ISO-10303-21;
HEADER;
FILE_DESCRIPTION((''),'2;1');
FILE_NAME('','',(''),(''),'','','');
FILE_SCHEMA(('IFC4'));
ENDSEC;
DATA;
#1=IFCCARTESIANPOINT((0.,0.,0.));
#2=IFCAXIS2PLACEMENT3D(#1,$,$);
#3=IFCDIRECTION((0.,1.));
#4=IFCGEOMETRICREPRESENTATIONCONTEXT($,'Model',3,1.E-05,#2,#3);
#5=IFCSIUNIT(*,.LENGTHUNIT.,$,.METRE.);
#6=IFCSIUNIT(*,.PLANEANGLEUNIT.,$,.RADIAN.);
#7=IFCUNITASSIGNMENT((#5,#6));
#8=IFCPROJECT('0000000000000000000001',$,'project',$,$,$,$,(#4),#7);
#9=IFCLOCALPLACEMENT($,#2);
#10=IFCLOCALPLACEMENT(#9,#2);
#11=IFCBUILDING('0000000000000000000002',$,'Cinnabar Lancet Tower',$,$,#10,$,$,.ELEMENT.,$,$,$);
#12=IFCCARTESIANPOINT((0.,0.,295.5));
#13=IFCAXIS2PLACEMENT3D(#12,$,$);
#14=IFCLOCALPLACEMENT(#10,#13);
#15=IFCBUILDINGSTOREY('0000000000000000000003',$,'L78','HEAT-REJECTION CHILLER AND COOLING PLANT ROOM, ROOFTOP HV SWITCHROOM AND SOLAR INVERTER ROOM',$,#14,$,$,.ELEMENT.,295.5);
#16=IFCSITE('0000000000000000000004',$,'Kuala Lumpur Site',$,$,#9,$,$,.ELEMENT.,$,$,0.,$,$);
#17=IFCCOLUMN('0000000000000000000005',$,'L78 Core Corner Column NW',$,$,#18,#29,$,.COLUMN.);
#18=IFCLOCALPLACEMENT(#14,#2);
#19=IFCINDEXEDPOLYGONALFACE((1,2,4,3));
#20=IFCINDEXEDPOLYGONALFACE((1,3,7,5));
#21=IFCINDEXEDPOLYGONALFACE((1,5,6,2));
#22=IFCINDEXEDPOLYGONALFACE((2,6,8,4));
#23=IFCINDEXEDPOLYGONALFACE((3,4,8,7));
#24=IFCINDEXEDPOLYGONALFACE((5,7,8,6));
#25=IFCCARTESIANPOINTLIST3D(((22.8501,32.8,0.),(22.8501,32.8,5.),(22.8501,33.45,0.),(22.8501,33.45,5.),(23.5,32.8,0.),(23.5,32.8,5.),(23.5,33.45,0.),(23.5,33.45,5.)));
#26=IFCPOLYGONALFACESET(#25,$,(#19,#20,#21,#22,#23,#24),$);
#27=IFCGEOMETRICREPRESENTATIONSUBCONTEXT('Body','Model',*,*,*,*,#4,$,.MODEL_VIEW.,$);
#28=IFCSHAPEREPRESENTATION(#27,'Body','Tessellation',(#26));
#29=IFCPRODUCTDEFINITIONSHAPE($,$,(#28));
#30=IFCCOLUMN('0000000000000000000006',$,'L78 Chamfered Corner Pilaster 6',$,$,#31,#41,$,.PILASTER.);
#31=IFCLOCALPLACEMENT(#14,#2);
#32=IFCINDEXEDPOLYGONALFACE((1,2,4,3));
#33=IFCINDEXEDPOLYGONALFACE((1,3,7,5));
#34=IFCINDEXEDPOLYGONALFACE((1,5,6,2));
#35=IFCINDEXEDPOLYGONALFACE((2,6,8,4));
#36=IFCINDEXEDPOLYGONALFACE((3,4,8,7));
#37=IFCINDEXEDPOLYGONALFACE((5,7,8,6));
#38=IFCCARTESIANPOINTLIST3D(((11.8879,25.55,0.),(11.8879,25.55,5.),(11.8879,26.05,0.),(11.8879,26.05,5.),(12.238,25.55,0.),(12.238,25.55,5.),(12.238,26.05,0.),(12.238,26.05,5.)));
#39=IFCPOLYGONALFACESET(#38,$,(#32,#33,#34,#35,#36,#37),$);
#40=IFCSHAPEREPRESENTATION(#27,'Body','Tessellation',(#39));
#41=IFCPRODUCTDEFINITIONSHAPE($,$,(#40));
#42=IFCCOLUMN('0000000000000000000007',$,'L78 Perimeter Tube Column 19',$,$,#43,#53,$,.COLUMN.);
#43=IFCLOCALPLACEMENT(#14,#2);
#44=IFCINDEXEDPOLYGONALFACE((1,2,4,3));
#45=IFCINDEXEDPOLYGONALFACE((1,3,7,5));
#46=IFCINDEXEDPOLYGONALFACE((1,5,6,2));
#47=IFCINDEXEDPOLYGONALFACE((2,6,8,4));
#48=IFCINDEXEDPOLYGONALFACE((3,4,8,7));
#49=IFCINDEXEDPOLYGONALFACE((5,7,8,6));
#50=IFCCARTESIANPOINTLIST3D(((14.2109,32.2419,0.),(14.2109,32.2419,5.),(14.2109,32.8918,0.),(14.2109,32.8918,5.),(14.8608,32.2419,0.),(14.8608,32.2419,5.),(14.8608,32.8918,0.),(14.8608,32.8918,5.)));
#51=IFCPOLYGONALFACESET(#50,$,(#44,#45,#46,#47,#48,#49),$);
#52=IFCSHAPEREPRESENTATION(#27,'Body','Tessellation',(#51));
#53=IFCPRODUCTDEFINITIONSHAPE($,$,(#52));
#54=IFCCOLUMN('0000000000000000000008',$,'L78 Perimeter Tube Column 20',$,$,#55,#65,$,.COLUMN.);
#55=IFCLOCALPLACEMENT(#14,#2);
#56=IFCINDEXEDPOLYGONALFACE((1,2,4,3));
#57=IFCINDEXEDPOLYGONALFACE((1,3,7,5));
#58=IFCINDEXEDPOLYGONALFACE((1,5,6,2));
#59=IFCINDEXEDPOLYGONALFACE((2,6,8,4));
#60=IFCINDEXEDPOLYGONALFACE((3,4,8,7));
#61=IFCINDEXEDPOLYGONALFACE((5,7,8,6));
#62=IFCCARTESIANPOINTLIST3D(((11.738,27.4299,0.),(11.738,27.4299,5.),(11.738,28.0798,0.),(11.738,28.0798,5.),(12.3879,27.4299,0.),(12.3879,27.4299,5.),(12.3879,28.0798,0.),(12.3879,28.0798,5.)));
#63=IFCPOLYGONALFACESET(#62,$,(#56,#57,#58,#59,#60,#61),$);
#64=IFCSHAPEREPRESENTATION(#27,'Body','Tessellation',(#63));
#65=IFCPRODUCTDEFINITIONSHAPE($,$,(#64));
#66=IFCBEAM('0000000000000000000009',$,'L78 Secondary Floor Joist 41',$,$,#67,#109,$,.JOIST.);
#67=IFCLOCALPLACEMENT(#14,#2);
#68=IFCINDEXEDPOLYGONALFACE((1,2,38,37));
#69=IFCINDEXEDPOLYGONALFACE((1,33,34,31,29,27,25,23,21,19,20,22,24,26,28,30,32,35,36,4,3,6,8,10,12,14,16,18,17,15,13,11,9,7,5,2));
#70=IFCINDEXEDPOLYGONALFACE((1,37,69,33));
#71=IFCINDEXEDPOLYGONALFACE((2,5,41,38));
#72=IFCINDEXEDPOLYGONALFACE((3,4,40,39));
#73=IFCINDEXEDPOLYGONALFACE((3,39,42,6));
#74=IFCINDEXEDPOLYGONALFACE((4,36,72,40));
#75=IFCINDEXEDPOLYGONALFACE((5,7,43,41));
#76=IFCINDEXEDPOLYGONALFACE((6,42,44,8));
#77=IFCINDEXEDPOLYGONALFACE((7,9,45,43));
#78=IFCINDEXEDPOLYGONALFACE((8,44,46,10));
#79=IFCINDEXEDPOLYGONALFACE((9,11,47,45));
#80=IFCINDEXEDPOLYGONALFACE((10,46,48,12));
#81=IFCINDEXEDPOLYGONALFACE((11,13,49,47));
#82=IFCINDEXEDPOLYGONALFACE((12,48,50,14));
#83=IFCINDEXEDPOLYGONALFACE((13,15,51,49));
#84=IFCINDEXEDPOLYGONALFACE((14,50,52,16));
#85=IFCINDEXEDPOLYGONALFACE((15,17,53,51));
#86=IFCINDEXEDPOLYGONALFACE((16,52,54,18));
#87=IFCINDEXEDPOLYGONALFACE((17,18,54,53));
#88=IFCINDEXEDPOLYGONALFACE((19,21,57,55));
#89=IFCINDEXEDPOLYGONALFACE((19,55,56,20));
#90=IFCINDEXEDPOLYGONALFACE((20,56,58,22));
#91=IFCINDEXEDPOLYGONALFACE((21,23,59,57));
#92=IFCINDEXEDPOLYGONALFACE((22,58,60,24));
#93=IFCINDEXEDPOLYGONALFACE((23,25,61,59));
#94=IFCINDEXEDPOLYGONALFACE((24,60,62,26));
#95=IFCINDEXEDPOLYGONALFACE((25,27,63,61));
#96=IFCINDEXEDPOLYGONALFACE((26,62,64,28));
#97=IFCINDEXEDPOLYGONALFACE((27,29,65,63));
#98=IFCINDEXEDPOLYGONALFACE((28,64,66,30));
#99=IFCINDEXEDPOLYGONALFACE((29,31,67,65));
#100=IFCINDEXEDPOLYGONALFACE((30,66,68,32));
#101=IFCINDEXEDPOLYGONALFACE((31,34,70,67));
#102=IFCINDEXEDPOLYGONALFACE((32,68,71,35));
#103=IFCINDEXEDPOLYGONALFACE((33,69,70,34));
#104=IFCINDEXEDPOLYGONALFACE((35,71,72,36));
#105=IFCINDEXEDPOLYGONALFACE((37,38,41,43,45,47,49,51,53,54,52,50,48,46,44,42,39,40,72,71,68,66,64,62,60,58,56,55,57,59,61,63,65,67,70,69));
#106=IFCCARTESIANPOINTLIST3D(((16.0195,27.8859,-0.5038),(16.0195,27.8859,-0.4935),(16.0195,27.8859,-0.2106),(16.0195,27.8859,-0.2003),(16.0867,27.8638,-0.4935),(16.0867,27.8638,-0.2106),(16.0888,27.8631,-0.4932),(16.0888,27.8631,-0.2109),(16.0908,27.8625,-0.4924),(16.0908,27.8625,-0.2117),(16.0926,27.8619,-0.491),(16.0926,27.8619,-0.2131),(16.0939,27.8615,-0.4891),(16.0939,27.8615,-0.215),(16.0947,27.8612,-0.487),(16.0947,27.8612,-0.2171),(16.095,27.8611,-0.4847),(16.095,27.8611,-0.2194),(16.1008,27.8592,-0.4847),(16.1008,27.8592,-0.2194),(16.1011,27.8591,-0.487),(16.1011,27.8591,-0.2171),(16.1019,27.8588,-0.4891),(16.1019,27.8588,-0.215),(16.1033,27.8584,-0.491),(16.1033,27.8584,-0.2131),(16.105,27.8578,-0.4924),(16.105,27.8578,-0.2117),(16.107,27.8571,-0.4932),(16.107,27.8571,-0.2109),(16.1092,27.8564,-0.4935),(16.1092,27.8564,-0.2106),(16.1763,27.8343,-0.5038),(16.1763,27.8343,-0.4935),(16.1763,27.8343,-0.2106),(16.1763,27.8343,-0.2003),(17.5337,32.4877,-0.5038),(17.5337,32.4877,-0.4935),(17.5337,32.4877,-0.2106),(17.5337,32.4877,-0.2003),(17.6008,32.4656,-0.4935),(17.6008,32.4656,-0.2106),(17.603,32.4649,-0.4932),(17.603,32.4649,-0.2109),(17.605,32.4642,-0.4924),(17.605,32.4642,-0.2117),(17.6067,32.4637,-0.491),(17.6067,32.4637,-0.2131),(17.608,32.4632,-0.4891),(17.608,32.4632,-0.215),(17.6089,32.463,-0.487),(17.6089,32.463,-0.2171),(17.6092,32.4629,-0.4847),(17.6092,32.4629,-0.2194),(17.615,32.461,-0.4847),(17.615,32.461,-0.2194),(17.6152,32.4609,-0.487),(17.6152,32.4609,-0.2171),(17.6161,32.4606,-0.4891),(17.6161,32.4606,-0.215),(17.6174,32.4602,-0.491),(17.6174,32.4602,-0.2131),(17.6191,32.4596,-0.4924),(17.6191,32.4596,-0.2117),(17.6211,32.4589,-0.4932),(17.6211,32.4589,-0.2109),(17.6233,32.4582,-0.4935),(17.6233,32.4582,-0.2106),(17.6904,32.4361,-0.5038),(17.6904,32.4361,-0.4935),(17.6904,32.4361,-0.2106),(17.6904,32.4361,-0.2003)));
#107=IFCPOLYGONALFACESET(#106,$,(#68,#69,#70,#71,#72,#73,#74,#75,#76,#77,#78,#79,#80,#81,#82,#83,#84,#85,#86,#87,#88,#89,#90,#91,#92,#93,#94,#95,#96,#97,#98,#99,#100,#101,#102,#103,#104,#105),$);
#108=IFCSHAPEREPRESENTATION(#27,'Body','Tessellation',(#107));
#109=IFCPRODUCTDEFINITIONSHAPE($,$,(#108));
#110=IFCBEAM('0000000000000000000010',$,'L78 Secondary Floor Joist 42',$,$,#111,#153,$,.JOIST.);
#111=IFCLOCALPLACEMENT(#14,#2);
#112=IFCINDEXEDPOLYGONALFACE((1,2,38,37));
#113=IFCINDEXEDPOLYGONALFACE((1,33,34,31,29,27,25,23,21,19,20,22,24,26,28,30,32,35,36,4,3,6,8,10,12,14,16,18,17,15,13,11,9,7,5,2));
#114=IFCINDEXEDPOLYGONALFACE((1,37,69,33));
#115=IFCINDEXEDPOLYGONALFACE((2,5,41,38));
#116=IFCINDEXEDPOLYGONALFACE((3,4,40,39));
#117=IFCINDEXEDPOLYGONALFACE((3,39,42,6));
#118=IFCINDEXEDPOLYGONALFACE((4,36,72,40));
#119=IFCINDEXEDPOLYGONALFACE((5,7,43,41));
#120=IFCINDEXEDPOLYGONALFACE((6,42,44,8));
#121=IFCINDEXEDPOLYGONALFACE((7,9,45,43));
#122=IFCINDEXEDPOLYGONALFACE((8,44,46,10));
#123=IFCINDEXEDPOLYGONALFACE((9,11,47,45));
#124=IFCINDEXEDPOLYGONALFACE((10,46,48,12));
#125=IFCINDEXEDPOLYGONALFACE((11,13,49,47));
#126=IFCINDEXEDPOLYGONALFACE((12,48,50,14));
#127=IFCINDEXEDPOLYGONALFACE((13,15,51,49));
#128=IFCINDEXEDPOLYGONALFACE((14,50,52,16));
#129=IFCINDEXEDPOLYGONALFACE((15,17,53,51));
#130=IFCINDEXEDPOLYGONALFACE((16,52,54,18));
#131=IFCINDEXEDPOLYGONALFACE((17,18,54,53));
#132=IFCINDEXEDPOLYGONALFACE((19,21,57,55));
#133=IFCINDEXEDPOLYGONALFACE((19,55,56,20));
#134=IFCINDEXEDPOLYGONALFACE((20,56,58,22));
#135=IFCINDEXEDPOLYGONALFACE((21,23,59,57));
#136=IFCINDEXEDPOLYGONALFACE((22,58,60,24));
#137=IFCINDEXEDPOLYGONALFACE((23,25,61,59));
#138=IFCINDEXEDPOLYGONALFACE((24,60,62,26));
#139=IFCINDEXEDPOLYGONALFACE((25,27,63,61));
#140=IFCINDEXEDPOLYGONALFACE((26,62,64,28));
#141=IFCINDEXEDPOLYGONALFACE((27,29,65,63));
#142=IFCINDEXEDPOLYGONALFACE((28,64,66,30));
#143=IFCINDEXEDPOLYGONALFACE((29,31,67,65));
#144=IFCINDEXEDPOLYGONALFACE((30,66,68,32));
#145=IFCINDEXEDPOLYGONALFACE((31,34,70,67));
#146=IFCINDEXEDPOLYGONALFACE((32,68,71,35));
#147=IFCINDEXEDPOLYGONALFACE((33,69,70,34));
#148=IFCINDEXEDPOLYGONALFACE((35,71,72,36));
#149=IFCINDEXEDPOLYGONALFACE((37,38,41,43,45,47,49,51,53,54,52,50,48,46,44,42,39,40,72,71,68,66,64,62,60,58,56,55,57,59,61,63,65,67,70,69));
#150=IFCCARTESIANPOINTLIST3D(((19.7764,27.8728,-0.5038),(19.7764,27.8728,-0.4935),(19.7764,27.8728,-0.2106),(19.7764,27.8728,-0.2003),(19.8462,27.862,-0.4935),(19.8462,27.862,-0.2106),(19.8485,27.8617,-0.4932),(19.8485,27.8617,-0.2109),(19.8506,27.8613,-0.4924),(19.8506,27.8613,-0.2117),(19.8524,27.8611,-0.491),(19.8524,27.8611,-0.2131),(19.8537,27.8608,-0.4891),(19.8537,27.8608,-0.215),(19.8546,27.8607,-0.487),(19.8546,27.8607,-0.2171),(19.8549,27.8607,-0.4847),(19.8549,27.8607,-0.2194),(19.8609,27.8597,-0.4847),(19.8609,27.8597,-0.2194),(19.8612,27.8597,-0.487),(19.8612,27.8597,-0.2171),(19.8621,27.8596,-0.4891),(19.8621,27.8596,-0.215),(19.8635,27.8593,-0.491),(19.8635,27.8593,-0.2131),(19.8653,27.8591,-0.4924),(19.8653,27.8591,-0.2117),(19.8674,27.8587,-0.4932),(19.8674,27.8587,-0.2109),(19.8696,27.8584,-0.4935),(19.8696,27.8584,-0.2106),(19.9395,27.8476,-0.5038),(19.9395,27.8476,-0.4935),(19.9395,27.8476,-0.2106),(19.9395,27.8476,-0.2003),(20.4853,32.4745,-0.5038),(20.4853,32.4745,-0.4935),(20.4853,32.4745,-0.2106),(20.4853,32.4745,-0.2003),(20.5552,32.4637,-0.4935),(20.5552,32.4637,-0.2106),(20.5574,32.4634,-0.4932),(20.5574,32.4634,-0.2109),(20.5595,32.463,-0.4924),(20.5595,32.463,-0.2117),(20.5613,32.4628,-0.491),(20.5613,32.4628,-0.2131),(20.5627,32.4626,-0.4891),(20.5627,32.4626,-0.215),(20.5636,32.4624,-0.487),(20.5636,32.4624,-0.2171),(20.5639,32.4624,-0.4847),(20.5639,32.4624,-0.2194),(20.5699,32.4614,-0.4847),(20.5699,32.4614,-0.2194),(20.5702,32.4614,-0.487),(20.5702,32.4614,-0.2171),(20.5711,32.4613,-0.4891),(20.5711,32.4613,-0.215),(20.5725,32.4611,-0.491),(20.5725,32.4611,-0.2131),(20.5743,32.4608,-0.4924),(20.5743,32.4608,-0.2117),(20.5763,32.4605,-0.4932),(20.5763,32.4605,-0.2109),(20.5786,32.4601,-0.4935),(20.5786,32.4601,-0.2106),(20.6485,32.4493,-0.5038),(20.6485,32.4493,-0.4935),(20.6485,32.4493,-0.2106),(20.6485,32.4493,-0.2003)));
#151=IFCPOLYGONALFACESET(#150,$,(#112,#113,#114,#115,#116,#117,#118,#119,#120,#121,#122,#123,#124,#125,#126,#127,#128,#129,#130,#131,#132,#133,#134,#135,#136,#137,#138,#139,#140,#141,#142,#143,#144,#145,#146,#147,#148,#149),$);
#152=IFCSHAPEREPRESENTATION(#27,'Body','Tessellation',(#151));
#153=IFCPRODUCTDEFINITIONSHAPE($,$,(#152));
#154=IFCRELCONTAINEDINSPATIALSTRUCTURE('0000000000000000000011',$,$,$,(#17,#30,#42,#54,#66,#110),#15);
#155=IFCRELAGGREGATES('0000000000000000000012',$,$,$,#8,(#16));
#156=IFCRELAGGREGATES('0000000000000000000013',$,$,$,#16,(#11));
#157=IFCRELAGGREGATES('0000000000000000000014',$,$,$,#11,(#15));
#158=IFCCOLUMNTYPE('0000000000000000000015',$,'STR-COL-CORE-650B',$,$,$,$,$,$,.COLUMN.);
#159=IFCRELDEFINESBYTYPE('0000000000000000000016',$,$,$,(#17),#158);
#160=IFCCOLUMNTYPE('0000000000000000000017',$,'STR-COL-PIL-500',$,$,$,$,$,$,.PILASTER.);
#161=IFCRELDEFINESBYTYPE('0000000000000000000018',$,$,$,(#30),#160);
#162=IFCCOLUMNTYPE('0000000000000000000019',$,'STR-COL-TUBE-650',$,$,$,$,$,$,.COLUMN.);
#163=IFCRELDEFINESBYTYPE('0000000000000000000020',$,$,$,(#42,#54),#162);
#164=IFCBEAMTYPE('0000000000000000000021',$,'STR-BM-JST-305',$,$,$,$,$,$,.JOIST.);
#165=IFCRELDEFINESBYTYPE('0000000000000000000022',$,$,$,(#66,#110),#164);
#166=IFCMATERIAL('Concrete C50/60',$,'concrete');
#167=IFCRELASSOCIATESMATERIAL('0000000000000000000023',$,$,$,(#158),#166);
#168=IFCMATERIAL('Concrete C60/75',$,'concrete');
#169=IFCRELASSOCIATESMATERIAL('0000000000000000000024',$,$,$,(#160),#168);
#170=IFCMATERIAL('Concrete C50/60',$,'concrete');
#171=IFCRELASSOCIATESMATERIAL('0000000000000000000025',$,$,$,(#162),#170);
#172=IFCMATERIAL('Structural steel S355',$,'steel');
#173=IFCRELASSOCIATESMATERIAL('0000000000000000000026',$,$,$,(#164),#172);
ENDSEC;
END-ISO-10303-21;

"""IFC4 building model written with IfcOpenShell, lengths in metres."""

from ifc_helpers import new_model, si_unit, direction, frame, origin, origin_2d, place, context, subcontext, project, spatial, rectangle, i_section, extrude, material, material_profile, profile_set, type_object, element, save


model = new_model("IFC4")

# Units and contexts
model_context = context("Model", 3, precision=1e-05, world=origin(), true_north=direction((0.0, 1.0)))
body_context = subcontext(model_context, "Body", "Model", "MODEL_VIEW")
ifc_project = project(units=[si_unit("LENGTHUNIT", "METRE"), si_unit("PLANEANGLEUNIT", "RADIAN")], contexts=[model_context])

# Site, building, storey
site_placement = place(None, origin())
site = spatial("IfcSite", under=ifc_project, at=site_placement, Name="Kuala Lumpur Site", CompositionType="ELEMENT", RefElevation=0.0)
building_placement = place(site_placement, origin())
building = spatial("IfcBuilding", under=site, at=building_placement, Name="Cinnabar Lancet Tower", CompositionType="ELEMENT")
storey_placement = place(building_placement, frame((0.0, 0.0, 295.5)))
storey = spatial("IfcBuildingStorey", under=building, at=storey_placement, Name="L78", Description="HEAT-REJECTION CHILLER AND COOLING PLANT ROOM, ROOFTOP HV SWITCHROOM AND SOLAR INVERTER ROOM", CompositionType="ELEMENT", Elevation=295.5)

# Columns
ifc_material_1 = material(Name="Concrete C50/60", Category="concrete")
ifc_material_profile_1 = material_profile(ifc_material_1, rectangle(XDim=0.6499, YDim=0.6499, at=origin_2d()), Name="RC-COL 650x650")
ifc_profile_set_1 = profile_set([ifc_material_profile_1], Name="Concrete C50/60")
column_type_1 = type_object("IfcColumnType", Name="STR-COL-CORE-650B", PredefinedType="COLUMN", material=ifc_profile_set_1)
column_1_placement = place(storey_placement, frame((23.175, 33.125, 0.0), z_axis=(0.0, 0.0, 1.0), x_axis=(1.0, 0.0, 0.0)))
element("IfcColumn", 1, at=column_1_placement, inside=storey, type_object=column_type_1, Name="L78 Core Corner Column NW", PredefinedType="COLUMN", context=body_context, shape_type="SweptSolid", body=[
    extrude(rectangle(XDim=0.6499, YDim=0.6499, at=origin_2d()), origin(), (0.0, 0.0, 1.0), 5.0),
])
ifc_material_2 = material(Name="Concrete C60/75", Category="concrete")
ifc_material_profile_2 = material_profile(ifc_material_2, rectangle(XDim=0.5, YDim=0.3501, at=origin_2d()), Name="RC-PIL 500x350")
ifc_profile_set_2 = profile_set([ifc_material_profile_2], Name="Concrete C60/75")
column_type_2 = type_object("IfcColumnType", Name="STR-COL-PIL-500", PredefinedType="PILASTER", material=ifc_profile_set_2)
column_2_placement = place(storey_placement, frame((12.063, 25.8, 0.0), z_axis=(0.0, 0.0, 1.0), x_axis=(0.0, -1.0, 0.0)))
element("IfcColumn", 2, at=column_2_placement, inside=storey, type_object=column_type_2, Name="L78 Chamfered Corner Pilaster 6", PredefinedType="PILASTER", context=body_context, shape_type="SweptSolid", body=[
    extrude(rectangle(XDim=0.5, YDim=0.3501, at=origin_2d()), origin(), (0.0, 0.0, 1.0), 5.0),
])
ifc_material_3 = material(Name="Concrete C50/60", Category="concrete")
ifc_material_profile_3 = material_profile(ifc_material_3, rectangle(XDim=0.6499, YDim=0.6499, at=origin_2d()), Name="RC-COL 650x650")
ifc_profile_set_3 = profile_set([ifc_material_profile_3], Name="Concrete C50/60")
column_type_3 = type_object("IfcColumnType", Name="STR-COL-TUBE-650", PredefinedType="COLUMN", material=ifc_profile_set_3)
for number, where, z_axis, x_axis, name in (
    (3, (14.5359, 32.5669, 0.0), (0.0, 0.0, 1.0), (1.0, 0.0, 0.0), "L78 Perimeter Tube Column 19"),
    (4, (12.063, 27.7549, 0.0), (0.0, 0.0, 1.0), (1.0, 0.0, 0.0), "L78 Perimeter Tube Column 20"),
):
    element("IfcColumn", number, at=place(storey_placement, frame(where, z_axis=z_axis, x_axis=x_axis)), inside=storey, type_object=column_type_3, Name=name, PredefinedType="COLUMN", context=body_context, shape_type="SweptSolid", body=[
        extrude(rectangle(XDim=0.6499, YDim=0.6499, at=origin_2d()), origin(), (0.0, 0.0, 1.0), 5.0),
    ])

# Beams
ifc_material_4 = material(Name="Structural steel S355", Category="steel")
ifc_material_profile_4 = material_profile(ifc_material_4, i_section(OverallWidth=0.165, OverallDepth=0.3035, WebThickness=0.0061, FlangeThickness=0.0103, FilletRadius=0.0088, at=origin_2d()), Name="UKB 305x165x40")
ifc_profile_set_4 = profile_set([ifc_material_profile_4], Name="Structural steel S355")
beam_type_1 = type_object("IfcBeamType", Name="STR-BM-JST-305", PredefinedType="JOIST", material=ifc_profile_set_4)
beam_1_placement = place(storey_placement, frame((17.6121, 32.4619, -0.3521), z_axis=(-0.312552, -0.949901, 0.0), x_axis=(0.949901, -0.312552, 0.0)))
element("IfcBeam", 5, at=beam_1_placement, inside=storey, type_object=beam_type_1, Name="L78 Secondary Floor Joist 41", PredefinedType="JOIST", context=body_context, shape_type="SweptSolid", body=[
    extrude(i_section(OverallWidth=0.165, OverallDepth=0.3035, WebThickness=0.0061, FlangeThickness=0.0103, FilletRadius=0.0088, at=origin_2d()), origin(), (0.0, 0.0, 1.0), 4.8445),
])
beam_2_placement = place(storey_placement, frame((20.5669, 32.4619, -0.3521), z_axis=(-0.15227, -0.988339, 0.0), x_axis=(0.988339, -0.15227, 0.0)))
element("IfcBeam", 6, at=beam_2_placement, inside=storey, type_object=beam_type_1, Name="L78 Secondary Floor Joist 42", PredefinedType="JOIST", context=body_context, shape_type="SweptSolid", body=[
    extrude(i_section(OverallWidth=0.165, OverallDepth=0.3035, WebThickness=0.0061, FlangeThickness=0.0103, FilletRadius=0.0088, at=origin_2d()), origin(), (0.0, 0.0, 1.0), 4.656),
])

save(model, "model.ifc")
